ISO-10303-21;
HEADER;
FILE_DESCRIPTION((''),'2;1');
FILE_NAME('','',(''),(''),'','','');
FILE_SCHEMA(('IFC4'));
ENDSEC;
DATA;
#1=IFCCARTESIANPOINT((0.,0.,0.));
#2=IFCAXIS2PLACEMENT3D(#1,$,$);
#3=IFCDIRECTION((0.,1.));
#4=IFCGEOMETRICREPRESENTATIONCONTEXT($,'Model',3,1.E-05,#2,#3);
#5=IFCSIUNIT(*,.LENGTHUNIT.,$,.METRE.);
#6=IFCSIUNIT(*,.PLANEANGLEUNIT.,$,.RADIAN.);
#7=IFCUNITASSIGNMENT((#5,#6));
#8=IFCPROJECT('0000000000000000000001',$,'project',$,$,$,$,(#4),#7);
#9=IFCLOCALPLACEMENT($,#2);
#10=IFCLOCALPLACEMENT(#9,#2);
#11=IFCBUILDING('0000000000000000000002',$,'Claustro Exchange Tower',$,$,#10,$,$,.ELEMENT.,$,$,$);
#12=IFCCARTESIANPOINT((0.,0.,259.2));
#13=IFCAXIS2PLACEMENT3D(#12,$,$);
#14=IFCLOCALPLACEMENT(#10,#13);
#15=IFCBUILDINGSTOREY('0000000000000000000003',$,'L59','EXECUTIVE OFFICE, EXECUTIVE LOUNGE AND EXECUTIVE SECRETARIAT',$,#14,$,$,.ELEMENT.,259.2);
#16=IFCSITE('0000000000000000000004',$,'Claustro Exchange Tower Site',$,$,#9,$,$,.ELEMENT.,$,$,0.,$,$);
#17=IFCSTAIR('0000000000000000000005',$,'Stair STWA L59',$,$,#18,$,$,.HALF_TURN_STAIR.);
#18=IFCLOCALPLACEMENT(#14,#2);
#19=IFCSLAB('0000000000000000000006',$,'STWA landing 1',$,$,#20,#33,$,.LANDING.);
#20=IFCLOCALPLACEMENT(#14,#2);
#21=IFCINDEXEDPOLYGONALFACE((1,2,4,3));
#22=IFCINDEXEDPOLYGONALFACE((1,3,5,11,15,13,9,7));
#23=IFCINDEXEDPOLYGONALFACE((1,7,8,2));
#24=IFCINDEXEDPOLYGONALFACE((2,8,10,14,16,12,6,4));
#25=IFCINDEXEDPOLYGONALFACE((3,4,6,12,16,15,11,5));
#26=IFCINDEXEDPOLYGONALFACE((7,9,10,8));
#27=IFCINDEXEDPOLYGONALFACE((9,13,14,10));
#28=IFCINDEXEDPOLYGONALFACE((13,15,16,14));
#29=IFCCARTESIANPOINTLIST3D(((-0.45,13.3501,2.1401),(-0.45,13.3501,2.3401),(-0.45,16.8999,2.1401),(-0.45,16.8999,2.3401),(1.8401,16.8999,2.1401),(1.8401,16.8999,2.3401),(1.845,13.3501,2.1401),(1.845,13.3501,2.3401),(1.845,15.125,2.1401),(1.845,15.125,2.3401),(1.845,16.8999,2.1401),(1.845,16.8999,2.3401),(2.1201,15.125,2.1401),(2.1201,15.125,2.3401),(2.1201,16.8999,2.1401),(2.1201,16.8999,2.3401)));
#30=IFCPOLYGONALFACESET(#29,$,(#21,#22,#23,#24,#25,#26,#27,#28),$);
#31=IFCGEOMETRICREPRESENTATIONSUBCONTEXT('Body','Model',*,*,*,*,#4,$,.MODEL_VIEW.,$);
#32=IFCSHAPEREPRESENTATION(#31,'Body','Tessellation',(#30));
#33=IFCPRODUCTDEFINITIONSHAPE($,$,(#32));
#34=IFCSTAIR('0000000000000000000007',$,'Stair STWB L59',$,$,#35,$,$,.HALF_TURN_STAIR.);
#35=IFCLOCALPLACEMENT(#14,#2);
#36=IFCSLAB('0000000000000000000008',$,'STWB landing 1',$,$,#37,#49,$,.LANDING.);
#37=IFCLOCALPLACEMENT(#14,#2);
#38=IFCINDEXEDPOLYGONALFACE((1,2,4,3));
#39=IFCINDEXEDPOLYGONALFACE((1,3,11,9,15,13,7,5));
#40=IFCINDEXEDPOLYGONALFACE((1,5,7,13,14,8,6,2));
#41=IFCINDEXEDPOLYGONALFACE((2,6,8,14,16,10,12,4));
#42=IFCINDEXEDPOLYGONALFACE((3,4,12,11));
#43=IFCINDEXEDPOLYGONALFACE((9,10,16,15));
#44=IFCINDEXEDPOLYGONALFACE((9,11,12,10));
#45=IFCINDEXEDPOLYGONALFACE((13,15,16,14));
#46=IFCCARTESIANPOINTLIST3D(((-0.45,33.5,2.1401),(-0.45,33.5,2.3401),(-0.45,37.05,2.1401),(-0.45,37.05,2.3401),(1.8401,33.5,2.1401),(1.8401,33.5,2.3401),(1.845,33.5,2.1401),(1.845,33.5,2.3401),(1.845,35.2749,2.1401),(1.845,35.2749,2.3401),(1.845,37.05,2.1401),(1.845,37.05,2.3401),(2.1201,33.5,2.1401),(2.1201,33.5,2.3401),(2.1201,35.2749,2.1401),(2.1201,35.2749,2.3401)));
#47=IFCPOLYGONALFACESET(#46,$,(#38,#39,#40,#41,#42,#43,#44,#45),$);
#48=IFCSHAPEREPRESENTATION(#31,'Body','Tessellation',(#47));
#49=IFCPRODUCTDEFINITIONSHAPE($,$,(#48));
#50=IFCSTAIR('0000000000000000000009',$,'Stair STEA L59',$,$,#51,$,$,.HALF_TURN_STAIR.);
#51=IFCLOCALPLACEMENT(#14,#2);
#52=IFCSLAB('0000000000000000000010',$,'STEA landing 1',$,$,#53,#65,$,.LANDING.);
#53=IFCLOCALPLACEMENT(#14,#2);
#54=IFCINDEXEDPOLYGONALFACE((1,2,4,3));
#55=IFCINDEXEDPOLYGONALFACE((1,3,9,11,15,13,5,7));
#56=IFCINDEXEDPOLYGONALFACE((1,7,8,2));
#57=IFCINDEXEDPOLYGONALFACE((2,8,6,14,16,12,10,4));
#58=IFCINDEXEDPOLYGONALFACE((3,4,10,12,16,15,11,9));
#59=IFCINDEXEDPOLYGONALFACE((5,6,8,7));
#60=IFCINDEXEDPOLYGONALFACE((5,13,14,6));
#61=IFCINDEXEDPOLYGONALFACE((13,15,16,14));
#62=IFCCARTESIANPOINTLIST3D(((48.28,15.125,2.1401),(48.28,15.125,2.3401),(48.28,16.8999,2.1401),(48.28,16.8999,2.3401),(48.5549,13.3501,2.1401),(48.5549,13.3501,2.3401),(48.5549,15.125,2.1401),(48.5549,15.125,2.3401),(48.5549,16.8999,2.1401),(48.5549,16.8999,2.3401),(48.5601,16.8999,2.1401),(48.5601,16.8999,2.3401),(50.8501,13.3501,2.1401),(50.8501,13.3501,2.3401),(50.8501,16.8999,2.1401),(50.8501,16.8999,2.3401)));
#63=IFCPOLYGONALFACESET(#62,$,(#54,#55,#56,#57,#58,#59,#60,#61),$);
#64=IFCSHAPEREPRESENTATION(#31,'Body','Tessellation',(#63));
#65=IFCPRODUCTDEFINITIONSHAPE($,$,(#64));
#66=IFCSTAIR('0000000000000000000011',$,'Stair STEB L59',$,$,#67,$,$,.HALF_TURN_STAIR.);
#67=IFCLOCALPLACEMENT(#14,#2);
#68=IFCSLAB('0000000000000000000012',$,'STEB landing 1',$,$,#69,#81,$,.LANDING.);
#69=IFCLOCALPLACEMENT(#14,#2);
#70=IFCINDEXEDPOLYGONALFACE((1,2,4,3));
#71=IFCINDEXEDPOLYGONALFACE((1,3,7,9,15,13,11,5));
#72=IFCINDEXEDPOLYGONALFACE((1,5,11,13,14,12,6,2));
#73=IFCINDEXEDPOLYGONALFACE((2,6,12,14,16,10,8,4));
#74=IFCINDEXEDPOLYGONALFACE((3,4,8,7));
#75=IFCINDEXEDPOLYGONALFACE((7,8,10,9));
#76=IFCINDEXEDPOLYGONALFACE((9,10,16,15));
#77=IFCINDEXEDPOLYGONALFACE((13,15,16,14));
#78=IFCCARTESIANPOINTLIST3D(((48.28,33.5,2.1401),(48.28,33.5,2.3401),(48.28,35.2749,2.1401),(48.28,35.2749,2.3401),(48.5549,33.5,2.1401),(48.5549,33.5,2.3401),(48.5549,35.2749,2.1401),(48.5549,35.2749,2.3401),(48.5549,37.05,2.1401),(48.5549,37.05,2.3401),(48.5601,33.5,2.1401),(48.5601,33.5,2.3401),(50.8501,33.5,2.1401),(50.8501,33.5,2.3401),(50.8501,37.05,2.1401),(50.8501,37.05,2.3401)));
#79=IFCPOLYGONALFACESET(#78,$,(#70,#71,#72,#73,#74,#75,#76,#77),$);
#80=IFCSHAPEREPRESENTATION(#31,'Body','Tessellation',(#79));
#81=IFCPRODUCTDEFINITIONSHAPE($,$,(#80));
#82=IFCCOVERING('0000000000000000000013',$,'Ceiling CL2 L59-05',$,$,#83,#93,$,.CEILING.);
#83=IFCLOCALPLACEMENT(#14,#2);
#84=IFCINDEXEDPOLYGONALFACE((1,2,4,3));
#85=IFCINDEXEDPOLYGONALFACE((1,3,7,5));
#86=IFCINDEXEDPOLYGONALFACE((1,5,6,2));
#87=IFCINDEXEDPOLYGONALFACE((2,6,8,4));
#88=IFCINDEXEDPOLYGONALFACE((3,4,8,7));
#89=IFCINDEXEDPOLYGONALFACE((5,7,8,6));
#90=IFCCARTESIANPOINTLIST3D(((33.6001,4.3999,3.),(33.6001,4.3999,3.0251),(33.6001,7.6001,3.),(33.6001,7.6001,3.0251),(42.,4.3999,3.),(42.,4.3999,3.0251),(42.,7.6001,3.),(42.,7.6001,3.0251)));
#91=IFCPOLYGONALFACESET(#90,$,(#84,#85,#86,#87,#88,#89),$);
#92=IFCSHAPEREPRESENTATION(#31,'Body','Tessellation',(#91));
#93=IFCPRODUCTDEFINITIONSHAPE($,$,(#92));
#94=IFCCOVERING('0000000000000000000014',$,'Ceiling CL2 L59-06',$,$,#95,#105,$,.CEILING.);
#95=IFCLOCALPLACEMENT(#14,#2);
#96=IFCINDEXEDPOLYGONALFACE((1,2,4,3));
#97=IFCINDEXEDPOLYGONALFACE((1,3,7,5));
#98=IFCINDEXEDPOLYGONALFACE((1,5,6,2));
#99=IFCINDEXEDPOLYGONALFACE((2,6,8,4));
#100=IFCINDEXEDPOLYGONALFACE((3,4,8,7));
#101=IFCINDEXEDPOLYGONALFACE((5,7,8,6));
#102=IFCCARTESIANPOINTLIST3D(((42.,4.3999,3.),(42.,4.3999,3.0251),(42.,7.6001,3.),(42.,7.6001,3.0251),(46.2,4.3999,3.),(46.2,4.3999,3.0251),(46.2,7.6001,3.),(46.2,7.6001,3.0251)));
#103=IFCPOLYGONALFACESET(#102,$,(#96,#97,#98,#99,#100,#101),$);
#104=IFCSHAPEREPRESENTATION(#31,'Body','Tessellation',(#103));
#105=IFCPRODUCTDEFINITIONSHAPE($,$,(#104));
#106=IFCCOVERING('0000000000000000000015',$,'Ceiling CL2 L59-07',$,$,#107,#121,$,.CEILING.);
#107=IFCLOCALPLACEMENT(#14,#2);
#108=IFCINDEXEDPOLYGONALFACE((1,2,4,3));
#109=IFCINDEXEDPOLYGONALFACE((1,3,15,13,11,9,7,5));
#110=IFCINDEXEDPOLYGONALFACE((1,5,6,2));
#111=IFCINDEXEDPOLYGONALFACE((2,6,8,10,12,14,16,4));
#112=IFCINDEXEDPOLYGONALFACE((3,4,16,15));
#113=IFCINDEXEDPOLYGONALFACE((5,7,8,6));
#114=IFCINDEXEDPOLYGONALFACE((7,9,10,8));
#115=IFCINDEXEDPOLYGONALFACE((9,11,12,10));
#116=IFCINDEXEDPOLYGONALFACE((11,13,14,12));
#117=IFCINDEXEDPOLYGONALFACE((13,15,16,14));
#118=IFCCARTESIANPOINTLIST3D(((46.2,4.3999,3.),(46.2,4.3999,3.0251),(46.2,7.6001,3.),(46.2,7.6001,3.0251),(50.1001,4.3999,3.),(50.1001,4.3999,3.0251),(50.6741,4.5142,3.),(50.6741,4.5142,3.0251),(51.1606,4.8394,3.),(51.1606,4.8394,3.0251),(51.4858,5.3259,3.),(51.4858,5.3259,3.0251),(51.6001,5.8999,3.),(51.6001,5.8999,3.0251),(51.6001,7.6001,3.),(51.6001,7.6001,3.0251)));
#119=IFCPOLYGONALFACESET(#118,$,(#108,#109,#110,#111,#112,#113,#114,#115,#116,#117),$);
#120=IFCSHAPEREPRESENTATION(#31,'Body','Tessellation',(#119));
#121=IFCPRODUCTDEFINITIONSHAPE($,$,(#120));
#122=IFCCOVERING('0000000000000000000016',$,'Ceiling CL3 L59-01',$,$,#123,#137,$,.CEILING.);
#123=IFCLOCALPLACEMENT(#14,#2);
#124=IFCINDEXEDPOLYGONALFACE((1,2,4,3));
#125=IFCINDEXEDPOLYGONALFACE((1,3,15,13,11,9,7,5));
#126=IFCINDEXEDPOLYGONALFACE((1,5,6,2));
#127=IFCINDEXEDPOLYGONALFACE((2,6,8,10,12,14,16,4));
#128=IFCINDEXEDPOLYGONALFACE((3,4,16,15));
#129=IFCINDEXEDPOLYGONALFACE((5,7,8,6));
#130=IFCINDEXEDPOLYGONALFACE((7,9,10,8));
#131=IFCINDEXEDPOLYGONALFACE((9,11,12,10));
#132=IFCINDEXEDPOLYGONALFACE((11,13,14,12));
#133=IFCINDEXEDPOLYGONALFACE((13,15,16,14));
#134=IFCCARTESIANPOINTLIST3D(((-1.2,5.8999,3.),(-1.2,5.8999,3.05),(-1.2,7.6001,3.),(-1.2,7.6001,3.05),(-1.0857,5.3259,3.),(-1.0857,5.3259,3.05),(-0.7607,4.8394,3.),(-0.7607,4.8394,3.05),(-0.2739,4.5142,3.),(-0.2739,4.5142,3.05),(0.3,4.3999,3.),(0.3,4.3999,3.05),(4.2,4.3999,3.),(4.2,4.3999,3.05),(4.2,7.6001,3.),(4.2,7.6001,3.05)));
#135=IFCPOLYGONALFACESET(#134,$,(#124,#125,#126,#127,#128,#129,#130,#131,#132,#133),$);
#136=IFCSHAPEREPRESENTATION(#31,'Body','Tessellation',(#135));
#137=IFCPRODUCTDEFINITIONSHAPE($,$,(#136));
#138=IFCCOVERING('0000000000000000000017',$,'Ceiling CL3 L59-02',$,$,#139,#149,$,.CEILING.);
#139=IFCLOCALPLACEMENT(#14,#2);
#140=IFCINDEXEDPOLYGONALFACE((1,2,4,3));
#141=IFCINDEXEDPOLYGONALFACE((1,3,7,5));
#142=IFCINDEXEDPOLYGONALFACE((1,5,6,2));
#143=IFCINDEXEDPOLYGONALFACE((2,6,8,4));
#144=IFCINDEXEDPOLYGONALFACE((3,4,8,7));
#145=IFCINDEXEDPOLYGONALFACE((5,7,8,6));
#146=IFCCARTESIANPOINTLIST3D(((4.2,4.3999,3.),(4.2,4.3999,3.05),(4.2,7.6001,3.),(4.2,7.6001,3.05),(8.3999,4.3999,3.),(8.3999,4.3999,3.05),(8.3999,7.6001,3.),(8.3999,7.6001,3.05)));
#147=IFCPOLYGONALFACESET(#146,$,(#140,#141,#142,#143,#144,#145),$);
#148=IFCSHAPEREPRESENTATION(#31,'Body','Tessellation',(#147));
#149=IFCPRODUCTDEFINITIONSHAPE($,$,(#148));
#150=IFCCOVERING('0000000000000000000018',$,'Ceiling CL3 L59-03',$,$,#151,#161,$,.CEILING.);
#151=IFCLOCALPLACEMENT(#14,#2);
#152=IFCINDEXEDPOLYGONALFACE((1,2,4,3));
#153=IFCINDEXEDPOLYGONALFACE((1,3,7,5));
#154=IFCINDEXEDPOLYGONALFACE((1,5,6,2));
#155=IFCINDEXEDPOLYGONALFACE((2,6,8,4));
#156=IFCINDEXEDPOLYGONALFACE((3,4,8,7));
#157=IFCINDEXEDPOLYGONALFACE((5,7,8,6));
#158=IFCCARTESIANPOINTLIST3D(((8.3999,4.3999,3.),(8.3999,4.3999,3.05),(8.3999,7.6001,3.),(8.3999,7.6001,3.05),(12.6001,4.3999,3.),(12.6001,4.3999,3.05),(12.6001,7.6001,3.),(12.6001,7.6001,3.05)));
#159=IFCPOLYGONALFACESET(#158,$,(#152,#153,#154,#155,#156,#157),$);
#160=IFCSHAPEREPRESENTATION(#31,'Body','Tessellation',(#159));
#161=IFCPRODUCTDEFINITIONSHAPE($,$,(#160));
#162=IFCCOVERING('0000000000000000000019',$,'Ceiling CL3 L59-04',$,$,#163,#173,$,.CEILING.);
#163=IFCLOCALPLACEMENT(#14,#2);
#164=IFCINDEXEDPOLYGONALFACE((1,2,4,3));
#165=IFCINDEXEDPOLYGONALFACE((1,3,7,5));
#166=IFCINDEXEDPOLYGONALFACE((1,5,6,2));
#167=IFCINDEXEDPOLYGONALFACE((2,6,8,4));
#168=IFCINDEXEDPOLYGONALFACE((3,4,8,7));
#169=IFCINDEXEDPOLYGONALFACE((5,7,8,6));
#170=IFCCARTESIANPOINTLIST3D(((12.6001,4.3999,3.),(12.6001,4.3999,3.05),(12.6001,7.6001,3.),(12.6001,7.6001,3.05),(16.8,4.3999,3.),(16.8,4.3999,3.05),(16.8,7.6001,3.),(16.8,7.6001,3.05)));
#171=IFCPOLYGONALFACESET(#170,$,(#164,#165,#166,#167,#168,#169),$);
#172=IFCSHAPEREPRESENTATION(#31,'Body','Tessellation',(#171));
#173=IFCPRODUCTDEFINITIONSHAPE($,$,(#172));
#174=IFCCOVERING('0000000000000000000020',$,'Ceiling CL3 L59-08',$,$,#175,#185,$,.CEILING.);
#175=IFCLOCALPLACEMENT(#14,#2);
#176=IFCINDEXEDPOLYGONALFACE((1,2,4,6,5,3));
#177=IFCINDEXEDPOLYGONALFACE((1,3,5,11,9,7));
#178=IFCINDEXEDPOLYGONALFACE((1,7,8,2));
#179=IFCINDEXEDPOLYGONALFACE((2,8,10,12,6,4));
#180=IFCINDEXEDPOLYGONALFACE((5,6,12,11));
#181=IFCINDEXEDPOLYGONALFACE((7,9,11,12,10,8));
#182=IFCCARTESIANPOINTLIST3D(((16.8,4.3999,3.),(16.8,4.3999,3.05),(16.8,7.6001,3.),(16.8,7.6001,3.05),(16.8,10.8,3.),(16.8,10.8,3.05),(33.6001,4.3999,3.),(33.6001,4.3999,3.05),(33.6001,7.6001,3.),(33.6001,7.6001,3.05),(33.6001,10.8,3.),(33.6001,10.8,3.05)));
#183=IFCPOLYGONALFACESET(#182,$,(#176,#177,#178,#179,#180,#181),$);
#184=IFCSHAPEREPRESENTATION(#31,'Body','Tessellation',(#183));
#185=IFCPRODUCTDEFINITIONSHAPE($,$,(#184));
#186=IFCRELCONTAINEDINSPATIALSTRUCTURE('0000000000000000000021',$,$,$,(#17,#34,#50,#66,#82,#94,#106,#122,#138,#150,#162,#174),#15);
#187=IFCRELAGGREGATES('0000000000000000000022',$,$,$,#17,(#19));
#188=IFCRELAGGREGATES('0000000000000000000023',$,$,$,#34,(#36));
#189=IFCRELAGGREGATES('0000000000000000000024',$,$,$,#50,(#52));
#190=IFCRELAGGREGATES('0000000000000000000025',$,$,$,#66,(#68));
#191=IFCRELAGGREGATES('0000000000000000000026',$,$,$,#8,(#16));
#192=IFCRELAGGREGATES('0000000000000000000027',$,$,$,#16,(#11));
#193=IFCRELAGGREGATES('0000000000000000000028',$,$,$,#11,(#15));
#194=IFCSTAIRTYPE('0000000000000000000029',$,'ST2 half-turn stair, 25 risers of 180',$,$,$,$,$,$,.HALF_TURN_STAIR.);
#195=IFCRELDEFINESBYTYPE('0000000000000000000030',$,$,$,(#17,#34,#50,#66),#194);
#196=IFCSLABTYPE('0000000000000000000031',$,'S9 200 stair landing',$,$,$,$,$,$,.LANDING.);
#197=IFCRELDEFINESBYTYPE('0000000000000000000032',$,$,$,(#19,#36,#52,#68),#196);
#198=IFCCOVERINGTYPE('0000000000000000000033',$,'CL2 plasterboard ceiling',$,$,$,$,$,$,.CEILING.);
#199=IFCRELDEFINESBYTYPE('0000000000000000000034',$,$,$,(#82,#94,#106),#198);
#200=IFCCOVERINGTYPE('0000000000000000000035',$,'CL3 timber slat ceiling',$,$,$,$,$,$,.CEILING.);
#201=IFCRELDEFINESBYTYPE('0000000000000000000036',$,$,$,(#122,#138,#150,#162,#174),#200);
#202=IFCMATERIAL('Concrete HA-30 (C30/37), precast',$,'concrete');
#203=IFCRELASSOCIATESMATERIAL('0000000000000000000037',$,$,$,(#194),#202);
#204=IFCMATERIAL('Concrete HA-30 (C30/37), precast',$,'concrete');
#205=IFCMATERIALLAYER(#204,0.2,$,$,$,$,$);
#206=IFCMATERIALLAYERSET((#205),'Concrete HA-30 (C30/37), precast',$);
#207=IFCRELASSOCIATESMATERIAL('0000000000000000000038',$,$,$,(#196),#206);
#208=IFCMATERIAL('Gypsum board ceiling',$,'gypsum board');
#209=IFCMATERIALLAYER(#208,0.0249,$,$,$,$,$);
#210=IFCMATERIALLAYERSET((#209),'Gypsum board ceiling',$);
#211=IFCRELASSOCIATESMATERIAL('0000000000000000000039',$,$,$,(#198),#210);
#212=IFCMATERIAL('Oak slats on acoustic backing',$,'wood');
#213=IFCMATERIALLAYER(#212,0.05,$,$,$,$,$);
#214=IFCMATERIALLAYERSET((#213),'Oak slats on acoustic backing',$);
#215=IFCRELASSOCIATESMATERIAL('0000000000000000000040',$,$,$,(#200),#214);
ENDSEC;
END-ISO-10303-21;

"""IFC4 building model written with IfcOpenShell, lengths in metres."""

from ifc_helpers import new_model, si_unit, direction, frame, origin, place, context, subcontext, project, spatial, polyline, outline, extrude, material, layer, layer_set, type_object, element, aggregate, save


model = new_model("IFC4")

# Units and contexts
model_context = context("Model", 3, precision=1e-05, world=origin(), true_north=direction((0.0, 1.0)))
body_context = subcontext(model_context, "Body", "Model", "MODEL_VIEW")
ifc_project = project(units=[si_unit("LENGTHUNIT", "METRE"), si_unit("PLANEANGLEUNIT", "RADIAN")], contexts=[model_context])

# Site, building, storey
site_placement = place(None, origin())
site = spatial("IfcSite", under=ifc_project, at=site_placement, Name="Claustro Exchange Tower Site", CompositionType="ELEMENT", RefElevation=0.0)
building_placement = place(site_placement, origin())
building = spatial("IfcBuilding", under=site, at=building_placement, Name="Claustro Exchange Tower", CompositionType="ELEMENT")
storey_placement = place(building_placement, frame((0.0, 0.0, 259.2)))
storey = spatial("IfcBuildingStorey", under=building, at=storey_placement, Name="L59", Description="EXECUTIVE OFFICE, EXECUTIVE LOUNGE AND EXECUTIVE SECRETARIAT", CompositionType="ELEMENT", Elevation=259.2)

# Stairs, slabs
ifc_material_1 = material(Name="Concrete HA-30 (C30/37), precast", Category="concrete")
stair_type = type_object("IfcStairType", Name="ST2 half-turn stair, 25 risers of 180", PredefinedType="HALF_TURN_STAIR", material=ifc_material_1)
stair_1_placement = place(storey_placement, origin())
stair_1 = element("IfcStair", 1, at=stair_1_placement, inside=storey, type_object=stair_type, Name="Stair STWA L59", PredefinedType="HALF_TURN_STAIR")
ifc_material_2 = material(Name="Concrete HA-30 (C30/37), precast", Category="concrete")
ifc_layer_1 = layer(ifc_material_2, 0.2)
ifc_layer_set_1 = layer_set([ifc_layer_1], Name="Concrete HA-30 (C30/37), precast")
slab_type_1 = type_object("IfcSlabType", Name="S9 200 stair landing", PredefinedType="LANDING", material=ifc_layer_set_1)
slab_1_placement = place(storey_placement, frame((0.0, 0.0, 2.1401)))
slab_1 = element("IfcSlab", 2, at=slab_1_placement, type_object=slab_type_1, Name="STWA landing 1", PredefinedType="LANDING", context=body_context, shape_type="SweptSolid", body=[
    extrude(outline(polyline([(1.845, 13.3501), (-0.45, 13.3501), (-0.45, 16.8999), (1.8401, 16.8999), (1.845, 16.8999), (2.1201, 16.8999), (2.1201, 15.125), (1.845, 15.125), (1.845, 13.3501)])), origin(), (0.0, 0.0, 1.0), 0.2),
])
aggregate(stair_1, [slab_1])
stair_2_placement = place(storey_placement, origin())
stair_2 = element("IfcStair", 3, at=stair_2_placement, inside=storey, type_object=stair_type, Name="Stair STWB L59", PredefinedType="HALF_TURN_STAIR")
slab_2_placement = place(storey_placement, frame((0.0, 0.0, 2.1401)))
slab_2 = element("IfcSlab", 4, at=slab_2_placement, type_object=slab_type_1, Name="STWB landing 1", PredefinedType="LANDING", context=body_context, shape_type="SweptSolid", body=[
    extrude(outline(polyline([(2.1201, 35.2749), (2.1201, 33.5), (1.845, 33.5), (1.8401, 33.5), (-0.45, 33.5), (-0.45, 37.05), (1.845, 37.05), (1.845, 35.2749), (2.1201, 35.2749)])), origin(), (0.0, 0.0, 1.0), 0.2),
])
aggregate(stair_2, [slab_2])
stair_3_placement = place(storey_placement, origin())
stair_3 = element("IfcStair", 5, at=stair_3_placement, inside=storey, type_object=stair_type, Name="Stair STEA L59", PredefinedType="HALF_TURN_STAIR")
slab_3_placement = place(storey_placement, frame((0.0, 0.0, 2.1401)))
slab_3 = element("IfcSlab", 6, at=slab_3_placement, type_object=slab_type_1, Name="STEA landing 1", PredefinedType="LANDING", context=body_context, shape_type="SweptSolid", body=[
    extrude(outline(polyline([(50.8501, 16.8999), (50.8501, 13.3501), (48.5549, 13.3501), (48.5549, 15.125), (48.28, 15.125), (48.28, 16.8999), (48.5549, 16.8999), (48.5601, 16.8999), (50.8501, 16.8999)])), origin(), (0.0, 0.0, 1.0), 0.2),
])
aggregate(stair_3, [slab_3])
stair_4_placement = place(storey_placement, origin())
stair_4 = element("IfcStair", 7, at=stair_4_placement, inside=storey, type_object=stair_type, Name="Stair STEB L59", PredefinedType="HALF_TURN_STAIR")
slab_4_placement = place(storey_placement, frame((0.0, 0.0, 2.1401)))
slab_4 = element("IfcSlab", 8, at=slab_4_placement, type_object=slab_type_1, Name="STEB landing 1", PredefinedType="LANDING", context=body_context, shape_type="SweptSolid", body=[
    extrude(outline(polyline([(48.28, 33.5), (48.28, 35.2749), (48.5549, 35.2749), (48.5549, 37.05), (50.8501, 37.05), (50.8501, 33.5), (48.5601, 33.5), (48.5549, 33.5), (48.28, 33.5)])), origin(), (0.0, 0.0, 1.0), 0.2),
])
aggregate(stair_4, [slab_4])

# Coverings
ifc_material_3 = material(Name="Gypsum board ceiling", Category="gypsum board")
ifc_layer_2 = layer(ifc_material_3, 0.0249)
ifc_layer_set_2 = layer_set([ifc_layer_2], Name="Gypsum board ceiling")
covering_type_1 = type_object("IfcCoveringType", Name="CL2 plasterboard ceiling", PredefinedType="CEILING", material=ifc_layer_set_2)
covering_1_placement = place(storey_placement, frame((0.0, 0.0, 3.0)))
element("IfcCovering", 9, at=covering_1_placement, inside=storey, type_object=covering_type_1, Name="Ceiling CL2 L59-05", PredefinedType="CEILING", context=body_context, shape_type="SweptSolid", body=[
    extrude(outline(polyline([(33.6001, 4.3999), (42.0, 4.3999), (42.0, 7.6001), (33.6001, 7.6001), (33.6001, 4.3999)])), origin(), (0.0, 0.0, 1.0), 0.0251),
])
covering_2_placement = place(storey_placement, frame((0.0, 0.0, 3.0)))
element("IfcCovering", 10, at=covering_2_placement, inside=storey, type_object=covering_type_1, Name="Ceiling CL2 L59-06", PredefinedType="CEILING", context=body_context, shape_type="SweptSolid", body=[
    extrude(outline(polyline([(42.0, 4.3999), (46.2, 4.3999), (46.2, 7.6001), (42.0, 7.6001), (42.0, 4.3999)])), origin(), (0.0, 0.0, 1.0), 0.0251),
])
covering_3_placement = place(storey_placement, frame((0.0, 0.0, 3.0)))
element("IfcCovering", 11, at=covering_3_placement, inside=storey, type_object=covering_type_1, Name="Ceiling CL2 L59-07", PredefinedType="CEILING", context=body_context, shape_type="SweptSolid", body=[
    extrude(outline(polyline([(51.6001, 5.8999), (51.6001, 7.6001), (46.2, 7.6001), (46.2, 4.3999), (50.1001, 4.3999), (50.6741, 4.5142), (51.1606, 4.8394), (51.4858, 5.3259), (51.6001, 5.8999)])), origin(), (0.0, 0.0, 1.0), 0.0251),
])
ifc_material_4 = material(Name="Oak slats on acoustic backing", Category="wood")
ifc_layer_3 = layer(ifc_material_4, 0.05)
ifc_layer_set_3 = layer_set([ifc_layer_3], Name="Oak slats on acoustic backing")
covering_type_2 = type_object("IfcCoveringType", Name="CL3 timber slat ceiling", PredefinedType="CEILING", material=ifc_layer_set_3)
covering_4_placement = place(storey_placement, frame((0.0, 0.0, 3.0)))
element("IfcCovering", 12, at=covering_4_placement, inside=storey, type_object=covering_type_2, Name="Ceiling CL3 L59-01", PredefinedType="CEILING", context=body_context, shape_type="SweptSolid", body=[
    extrude(outline(polyline([(-1.0857, 5.3259), (-0.7607, 4.8394), (-0.2739, 4.5142), (0.3, 4.3999), (4.2, 4.3999), (4.2, 7.6001), (-1.2, 7.6001), (-1.2, 5.8999), (-1.0857, 5.3259)])), origin(), (0.0, 0.0, 1.0), 0.05),
])
covering_5_placement = place(storey_placement, frame((0.0, 0.0, 3.0)))
element("IfcCovering", 13, at=covering_5_placement, inside=storey, type_object=covering_type_2, Name="Ceiling CL3 L59-02", PredefinedType="CEILING", context=body_context, shape_type="SweptSolid", body=[
    extrude(outline(polyline([(4.2, 4.3999), (8.3999, 4.3999), (8.3999, 7.6001), (4.2, 7.6001), (4.2, 4.3999)])), origin(), (0.0, 0.0, 1.0), 0.05),
])
covering_6_placement = place(storey_placement, frame((0.0, 0.0, 3.0)))
element("IfcCovering", 14, at=covering_6_placement, inside=storey, type_object=covering_type_2, Name="Ceiling CL3 L59-03", PredefinedType="CEILING", context=body_context, shape_type="SweptSolid", body=[
    extrude(outline(polyline([(8.3999, 4.3999), (12.6001, 4.3999), (12.6001, 7.6001), (8.3999, 7.6001), (8.3999, 4.3999)])), origin(), (0.0, 0.0, 1.0), 0.05),
])
covering_7_placement = place(storey_placement, frame((0.0, 0.0, 3.0)))
element("IfcCovering", 15, at=covering_7_placement, inside=storey, type_object=covering_type_2, Name="Ceiling CL3 L59-04", PredefinedType="CEILING", context=body_context, shape_type="SweptSolid", body=[
    extrude(outline(polyline([(12.6001, 4.3999), (16.8, 4.3999), (16.8, 7.6001), (12.6001, 7.6001), (12.6001, 4.3999)])), origin(), (0.0, 0.0, 1.0), 0.05),
])
covering_8_placement = place(storey_placement, frame((0.0, 0.0, 3.0)))
element("IfcCovering", 16, at=covering_8_placement, inside=storey, type_object=covering_type_2, Name="Ceiling CL3 L59-08", PredefinedType="CEILING", context=body_context, shape_type="SweptSolid", body=[
    extrude(outline(polyline([(16.8, 4.3999), (33.6001, 4.3999), (33.6001, 7.6001), (33.6001, 10.8), (16.8, 10.8), (16.8, 7.6001), (16.8, 4.3999)])), origin(), (0.0, 0.0, 1.0), 0.05),
])

save(model, "model.ifc")
